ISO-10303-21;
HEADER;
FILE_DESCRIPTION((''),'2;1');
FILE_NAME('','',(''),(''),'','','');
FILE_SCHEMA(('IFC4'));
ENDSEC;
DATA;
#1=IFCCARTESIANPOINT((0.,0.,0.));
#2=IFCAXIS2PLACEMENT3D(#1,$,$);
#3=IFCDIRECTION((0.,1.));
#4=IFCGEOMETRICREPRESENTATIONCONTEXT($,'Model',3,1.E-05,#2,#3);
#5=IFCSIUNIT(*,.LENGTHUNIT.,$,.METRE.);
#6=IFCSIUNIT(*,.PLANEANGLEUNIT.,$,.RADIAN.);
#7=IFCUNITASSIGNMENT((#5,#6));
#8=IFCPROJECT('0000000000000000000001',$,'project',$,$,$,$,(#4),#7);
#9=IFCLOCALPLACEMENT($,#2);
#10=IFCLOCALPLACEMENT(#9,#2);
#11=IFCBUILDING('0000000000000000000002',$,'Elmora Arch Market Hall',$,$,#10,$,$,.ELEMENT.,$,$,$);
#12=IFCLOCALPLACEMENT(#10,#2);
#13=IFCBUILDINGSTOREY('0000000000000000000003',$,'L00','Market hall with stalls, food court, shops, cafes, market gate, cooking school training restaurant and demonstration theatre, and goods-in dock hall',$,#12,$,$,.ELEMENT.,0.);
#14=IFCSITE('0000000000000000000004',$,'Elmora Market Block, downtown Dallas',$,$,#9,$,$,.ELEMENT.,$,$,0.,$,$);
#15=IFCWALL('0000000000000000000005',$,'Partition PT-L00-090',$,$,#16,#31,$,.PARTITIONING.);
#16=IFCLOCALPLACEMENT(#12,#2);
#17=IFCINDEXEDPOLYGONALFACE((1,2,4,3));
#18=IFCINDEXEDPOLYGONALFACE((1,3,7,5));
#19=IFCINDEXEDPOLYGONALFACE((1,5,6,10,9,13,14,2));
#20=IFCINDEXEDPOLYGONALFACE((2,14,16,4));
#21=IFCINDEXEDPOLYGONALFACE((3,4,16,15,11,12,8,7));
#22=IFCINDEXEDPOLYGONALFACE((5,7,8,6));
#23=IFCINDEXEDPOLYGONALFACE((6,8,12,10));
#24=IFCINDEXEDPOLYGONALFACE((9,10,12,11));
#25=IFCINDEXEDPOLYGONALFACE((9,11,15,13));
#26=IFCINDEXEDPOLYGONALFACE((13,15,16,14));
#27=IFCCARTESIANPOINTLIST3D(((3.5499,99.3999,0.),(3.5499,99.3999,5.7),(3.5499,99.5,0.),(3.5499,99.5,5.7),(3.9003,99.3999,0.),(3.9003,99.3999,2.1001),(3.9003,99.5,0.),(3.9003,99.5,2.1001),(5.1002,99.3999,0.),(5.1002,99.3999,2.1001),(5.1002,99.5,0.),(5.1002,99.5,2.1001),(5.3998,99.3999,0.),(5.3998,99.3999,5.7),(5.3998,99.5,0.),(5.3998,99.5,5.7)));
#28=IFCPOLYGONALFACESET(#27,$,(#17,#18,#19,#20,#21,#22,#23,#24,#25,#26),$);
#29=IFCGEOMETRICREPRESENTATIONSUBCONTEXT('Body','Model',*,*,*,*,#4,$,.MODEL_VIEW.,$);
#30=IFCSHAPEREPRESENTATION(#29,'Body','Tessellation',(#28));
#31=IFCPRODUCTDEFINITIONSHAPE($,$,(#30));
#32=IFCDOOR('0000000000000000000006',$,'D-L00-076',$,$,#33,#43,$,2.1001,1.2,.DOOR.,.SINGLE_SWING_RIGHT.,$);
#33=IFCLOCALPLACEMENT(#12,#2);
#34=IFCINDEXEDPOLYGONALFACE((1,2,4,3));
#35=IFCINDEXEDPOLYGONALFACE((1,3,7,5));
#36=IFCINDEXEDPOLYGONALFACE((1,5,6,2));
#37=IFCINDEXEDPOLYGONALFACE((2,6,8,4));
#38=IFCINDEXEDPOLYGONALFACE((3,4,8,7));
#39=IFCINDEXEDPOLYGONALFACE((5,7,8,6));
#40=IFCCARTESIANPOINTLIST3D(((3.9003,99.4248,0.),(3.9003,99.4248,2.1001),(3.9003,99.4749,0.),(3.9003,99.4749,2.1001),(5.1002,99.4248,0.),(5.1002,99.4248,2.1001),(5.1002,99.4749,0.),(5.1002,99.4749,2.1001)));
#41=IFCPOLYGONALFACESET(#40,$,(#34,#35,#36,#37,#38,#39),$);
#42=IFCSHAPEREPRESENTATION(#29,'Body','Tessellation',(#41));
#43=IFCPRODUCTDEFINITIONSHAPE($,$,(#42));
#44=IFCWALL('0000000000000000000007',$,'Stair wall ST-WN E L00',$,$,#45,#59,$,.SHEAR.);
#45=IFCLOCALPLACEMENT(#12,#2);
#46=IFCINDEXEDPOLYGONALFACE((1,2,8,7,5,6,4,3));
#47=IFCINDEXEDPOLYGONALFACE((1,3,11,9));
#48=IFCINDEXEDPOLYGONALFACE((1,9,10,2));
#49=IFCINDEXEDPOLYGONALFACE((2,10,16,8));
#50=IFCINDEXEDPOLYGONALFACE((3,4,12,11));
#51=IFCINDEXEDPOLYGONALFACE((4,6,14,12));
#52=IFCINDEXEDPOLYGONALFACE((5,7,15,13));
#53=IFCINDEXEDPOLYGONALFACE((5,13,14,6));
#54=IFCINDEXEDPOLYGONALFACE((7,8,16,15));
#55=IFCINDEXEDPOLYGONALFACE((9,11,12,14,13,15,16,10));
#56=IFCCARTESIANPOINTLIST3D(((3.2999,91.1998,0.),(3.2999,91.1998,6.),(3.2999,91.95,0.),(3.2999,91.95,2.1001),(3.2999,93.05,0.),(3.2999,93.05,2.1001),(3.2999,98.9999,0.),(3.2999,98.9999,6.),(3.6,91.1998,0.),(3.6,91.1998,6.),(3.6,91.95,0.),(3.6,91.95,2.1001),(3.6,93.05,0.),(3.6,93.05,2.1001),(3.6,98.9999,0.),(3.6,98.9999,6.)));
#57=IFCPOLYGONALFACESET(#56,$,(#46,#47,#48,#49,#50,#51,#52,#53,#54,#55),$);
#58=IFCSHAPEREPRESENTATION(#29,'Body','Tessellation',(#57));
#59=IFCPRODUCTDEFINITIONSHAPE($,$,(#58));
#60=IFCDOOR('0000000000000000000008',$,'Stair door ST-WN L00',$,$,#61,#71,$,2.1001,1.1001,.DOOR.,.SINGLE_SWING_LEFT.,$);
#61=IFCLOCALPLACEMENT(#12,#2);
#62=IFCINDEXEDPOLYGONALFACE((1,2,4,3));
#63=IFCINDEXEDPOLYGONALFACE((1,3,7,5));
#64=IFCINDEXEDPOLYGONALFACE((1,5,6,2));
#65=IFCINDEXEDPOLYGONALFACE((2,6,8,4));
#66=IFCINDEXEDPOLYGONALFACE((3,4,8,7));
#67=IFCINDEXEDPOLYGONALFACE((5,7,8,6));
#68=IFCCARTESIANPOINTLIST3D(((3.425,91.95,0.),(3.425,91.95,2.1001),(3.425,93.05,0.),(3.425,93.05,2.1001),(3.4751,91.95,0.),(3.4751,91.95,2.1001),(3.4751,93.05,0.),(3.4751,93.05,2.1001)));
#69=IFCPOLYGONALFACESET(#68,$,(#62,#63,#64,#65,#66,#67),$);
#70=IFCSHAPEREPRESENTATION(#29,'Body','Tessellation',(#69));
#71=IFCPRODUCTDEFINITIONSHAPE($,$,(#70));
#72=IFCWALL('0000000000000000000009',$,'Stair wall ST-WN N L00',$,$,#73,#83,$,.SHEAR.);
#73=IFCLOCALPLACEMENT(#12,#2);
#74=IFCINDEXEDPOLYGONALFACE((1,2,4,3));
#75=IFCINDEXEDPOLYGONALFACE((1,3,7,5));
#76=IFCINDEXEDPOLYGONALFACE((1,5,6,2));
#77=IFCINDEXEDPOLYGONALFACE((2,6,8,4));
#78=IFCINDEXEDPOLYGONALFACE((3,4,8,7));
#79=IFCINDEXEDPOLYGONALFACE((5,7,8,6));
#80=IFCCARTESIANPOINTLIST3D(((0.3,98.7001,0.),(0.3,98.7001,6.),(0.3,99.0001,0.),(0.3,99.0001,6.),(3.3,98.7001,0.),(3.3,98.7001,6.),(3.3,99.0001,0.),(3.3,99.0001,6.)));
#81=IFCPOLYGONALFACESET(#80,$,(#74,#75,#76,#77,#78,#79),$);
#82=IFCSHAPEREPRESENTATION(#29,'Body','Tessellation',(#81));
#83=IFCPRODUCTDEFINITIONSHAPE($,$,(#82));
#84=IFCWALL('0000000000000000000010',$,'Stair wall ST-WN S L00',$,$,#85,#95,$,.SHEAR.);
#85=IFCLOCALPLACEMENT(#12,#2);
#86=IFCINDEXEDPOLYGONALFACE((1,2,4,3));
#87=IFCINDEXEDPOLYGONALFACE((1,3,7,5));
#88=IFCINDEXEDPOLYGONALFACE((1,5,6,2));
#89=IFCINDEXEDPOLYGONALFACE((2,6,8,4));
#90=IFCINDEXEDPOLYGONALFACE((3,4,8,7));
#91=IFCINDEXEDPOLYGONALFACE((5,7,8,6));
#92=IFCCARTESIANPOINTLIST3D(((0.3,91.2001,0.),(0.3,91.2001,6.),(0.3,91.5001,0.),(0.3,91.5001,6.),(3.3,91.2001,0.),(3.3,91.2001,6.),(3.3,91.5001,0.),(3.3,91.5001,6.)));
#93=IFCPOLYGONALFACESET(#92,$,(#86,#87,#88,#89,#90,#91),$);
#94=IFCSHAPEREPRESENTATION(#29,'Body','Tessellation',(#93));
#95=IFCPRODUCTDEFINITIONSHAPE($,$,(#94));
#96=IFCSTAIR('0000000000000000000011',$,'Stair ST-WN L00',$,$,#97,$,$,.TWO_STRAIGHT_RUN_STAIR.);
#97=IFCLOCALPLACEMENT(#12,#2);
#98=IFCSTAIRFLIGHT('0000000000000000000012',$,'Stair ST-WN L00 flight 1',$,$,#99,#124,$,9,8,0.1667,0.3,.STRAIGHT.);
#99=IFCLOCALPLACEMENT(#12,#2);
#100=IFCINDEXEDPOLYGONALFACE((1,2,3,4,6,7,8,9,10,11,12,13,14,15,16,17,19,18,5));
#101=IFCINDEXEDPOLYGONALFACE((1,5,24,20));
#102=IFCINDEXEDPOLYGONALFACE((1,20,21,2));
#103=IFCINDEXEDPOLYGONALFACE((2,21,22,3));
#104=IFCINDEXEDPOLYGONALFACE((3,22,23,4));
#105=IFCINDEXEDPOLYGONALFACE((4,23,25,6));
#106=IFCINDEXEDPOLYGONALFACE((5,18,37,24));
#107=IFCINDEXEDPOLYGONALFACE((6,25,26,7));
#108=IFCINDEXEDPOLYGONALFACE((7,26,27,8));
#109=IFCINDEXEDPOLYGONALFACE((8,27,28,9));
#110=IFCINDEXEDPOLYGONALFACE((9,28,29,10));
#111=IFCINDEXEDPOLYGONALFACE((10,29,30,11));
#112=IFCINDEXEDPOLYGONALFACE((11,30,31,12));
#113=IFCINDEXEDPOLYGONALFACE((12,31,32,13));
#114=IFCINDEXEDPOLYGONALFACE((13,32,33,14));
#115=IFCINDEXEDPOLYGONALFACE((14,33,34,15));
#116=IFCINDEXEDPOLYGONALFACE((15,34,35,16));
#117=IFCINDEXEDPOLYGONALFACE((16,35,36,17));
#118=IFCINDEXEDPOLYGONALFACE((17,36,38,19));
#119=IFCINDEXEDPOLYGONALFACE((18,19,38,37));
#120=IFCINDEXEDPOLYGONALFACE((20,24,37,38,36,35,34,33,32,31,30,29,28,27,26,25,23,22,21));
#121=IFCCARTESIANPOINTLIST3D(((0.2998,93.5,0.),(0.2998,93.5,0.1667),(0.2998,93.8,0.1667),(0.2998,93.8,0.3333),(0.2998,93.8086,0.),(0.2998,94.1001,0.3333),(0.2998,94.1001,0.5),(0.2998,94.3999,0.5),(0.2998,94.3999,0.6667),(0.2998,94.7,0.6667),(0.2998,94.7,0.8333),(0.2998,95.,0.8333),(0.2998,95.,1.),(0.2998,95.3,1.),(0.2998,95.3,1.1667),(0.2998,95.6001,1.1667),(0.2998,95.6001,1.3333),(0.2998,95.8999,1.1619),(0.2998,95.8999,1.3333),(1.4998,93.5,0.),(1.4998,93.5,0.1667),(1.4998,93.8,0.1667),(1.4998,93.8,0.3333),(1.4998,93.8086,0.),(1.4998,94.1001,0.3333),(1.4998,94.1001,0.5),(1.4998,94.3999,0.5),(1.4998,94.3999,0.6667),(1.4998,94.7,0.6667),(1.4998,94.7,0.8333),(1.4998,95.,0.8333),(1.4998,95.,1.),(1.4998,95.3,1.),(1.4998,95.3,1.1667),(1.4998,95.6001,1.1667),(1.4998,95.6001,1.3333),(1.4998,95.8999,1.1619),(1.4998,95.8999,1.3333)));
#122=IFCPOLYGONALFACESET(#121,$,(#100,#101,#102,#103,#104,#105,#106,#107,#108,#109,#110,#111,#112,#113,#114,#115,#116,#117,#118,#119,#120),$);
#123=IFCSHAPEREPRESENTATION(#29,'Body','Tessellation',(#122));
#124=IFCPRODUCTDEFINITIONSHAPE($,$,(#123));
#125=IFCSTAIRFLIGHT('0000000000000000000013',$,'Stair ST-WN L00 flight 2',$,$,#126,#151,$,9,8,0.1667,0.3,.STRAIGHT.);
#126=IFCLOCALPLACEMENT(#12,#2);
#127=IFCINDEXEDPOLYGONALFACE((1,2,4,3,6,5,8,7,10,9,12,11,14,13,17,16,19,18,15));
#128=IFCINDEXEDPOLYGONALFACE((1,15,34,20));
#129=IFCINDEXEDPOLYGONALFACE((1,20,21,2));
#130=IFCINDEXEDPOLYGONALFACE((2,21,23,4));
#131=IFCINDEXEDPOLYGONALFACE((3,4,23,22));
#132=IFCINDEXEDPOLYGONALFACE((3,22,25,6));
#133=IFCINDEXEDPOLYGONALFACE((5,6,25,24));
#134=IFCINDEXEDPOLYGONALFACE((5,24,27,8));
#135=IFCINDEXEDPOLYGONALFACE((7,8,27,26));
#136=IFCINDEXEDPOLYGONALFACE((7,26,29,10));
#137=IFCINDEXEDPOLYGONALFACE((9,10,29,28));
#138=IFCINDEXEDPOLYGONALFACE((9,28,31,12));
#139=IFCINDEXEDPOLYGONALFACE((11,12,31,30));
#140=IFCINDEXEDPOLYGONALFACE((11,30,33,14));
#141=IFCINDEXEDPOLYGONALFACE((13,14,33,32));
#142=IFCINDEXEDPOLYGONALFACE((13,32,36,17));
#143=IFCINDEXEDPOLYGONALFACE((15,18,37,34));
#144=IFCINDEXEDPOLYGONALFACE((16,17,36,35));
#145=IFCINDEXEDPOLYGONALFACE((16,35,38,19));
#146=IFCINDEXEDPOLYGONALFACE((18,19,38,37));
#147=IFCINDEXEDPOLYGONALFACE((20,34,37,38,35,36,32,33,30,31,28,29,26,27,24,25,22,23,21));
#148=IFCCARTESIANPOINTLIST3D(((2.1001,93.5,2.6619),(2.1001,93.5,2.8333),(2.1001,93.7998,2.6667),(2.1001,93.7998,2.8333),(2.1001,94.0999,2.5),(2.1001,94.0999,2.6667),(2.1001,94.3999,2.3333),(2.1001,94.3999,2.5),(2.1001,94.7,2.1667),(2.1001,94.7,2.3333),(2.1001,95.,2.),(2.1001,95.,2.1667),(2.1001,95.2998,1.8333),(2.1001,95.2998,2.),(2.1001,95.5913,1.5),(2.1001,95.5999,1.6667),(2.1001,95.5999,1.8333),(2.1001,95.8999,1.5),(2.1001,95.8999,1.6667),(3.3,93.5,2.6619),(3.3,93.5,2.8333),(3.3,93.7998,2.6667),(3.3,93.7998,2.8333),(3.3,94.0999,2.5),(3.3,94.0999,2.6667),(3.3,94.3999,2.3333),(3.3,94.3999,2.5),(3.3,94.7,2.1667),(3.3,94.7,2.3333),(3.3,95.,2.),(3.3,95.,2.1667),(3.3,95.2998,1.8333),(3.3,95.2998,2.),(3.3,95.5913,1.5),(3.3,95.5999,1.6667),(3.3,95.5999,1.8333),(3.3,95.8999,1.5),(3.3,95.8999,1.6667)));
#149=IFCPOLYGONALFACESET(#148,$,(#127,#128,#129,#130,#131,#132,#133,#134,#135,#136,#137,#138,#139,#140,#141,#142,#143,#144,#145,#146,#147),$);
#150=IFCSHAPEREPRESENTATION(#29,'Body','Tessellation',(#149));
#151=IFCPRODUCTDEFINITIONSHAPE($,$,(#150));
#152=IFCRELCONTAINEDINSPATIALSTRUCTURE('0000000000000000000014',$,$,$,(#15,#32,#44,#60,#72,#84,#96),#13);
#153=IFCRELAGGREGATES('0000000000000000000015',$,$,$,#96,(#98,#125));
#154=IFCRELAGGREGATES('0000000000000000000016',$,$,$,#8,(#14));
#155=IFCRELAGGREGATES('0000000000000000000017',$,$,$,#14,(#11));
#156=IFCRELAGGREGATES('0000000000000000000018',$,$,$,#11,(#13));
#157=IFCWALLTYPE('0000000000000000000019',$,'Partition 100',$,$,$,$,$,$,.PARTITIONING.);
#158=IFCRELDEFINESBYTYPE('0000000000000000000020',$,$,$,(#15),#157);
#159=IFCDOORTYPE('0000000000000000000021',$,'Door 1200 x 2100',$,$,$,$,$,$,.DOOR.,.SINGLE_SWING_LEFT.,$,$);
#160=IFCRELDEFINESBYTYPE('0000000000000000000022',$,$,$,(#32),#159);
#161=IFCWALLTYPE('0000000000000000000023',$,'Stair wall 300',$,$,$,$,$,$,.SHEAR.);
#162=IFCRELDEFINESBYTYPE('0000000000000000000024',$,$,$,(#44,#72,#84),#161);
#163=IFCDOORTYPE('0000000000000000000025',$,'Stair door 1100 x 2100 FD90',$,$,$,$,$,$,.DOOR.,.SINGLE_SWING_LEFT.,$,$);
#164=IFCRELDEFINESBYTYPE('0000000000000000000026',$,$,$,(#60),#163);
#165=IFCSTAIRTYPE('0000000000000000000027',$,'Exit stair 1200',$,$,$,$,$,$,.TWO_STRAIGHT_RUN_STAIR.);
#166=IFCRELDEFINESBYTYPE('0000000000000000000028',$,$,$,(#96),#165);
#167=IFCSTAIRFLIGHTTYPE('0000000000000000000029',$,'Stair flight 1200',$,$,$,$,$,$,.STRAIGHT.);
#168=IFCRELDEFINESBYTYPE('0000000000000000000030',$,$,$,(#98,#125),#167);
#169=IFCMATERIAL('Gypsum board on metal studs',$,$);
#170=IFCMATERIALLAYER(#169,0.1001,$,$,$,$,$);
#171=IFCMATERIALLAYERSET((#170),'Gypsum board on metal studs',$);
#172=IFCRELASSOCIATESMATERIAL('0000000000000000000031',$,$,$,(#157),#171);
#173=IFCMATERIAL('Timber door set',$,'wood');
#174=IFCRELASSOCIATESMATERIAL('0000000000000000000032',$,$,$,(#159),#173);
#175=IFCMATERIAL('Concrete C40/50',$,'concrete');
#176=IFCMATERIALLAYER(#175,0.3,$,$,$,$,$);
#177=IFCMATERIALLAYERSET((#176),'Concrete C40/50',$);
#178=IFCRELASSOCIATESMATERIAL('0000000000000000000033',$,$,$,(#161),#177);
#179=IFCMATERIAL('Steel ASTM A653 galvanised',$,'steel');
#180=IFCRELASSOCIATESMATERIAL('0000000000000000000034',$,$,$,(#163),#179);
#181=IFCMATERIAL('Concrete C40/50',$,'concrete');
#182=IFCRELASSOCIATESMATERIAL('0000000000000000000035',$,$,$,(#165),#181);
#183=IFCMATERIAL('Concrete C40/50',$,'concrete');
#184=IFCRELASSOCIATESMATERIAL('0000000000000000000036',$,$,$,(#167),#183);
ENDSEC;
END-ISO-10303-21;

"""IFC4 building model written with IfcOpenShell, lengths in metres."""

from ifc_helpers import new_model, si_unit, direction, frame, frame_2d, origin, place, context, subcontext, project, spatial, polyline, rectangle, outline, extrude, material, layer, layer_set, type_object, element, fill, aggregate, save


model = new_model("IFC4")

# Units and contexts
model_context = context("Model", 3, precision=1e-05, world=origin(), true_north=direction((0.0, 1.0)))
body_context = subcontext(model_context, "Body", "Model", "MODEL_VIEW")
ifc_project = project(units=[si_unit("LENGTHUNIT", "METRE"), si_unit("PLANEANGLEUNIT", "RADIAN")], contexts=[model_context])

# Site, building, storey
site_placement = place(None, origin())
site = spatial("IfcSite", under=ifc_project, at=site_placement, Name="Elmora Market Block, downtown Dallas", CompositionType="ELEMENT", RefElevation=0.0)
building_placement = place(site_placement, origin())
building = spatial("IfcBuilding", under=site, at=building_placement, Name="Elmora Arch Market Hall", CompositionType="ELEMENT")
storey_placement = place(building_placement, origin())
storey = spatial("IfcBuildingStorey", under=building, at=storey_placement, Name="L00", Description="Market hall with stalls, food court, shops, cafes, market gate, cooking school training restaurant and demonstration theatre, and goods-in dock hall", CompositionType="ELEMENT", Elevation=0.0)

# Walls, openings, doors
ifc_material_1 = material(Name="Gypsum board on metal studs")
ifc_layer_1 = layer(ifc_material_1, 0.1001)
ifc_layer_set_1 = layer_set([ifc_layer_1], Name="Gypsum board on metal studs")
wall_type_1 = type_object("IfcWallType", Name="Partition 100", PredefinedType="PARTITIONING", material=ifc_layer_set_1)
wall_1_placement = place(storey_placement, frame((3.55, 99.45, 0.0), z_axis=(0.0, 0.0, 1.0), x_axis=(1.0, 0.0, 0.0)))
wall_1 = element("IfcWall", 1, at=wall_1_placement, inside=storey, type_object=wall_type_1, Name="Partition PT-L00-090", PredefinedType="PARTITIONING", context=body_context, shape_type="SweptSolid", body=[
    extrude(rectangle(XDim=1.8499, YDim=0.1001, at=frame_2d((0.9248, 0.0))), origin(), (0.0, 0.0, 1.0), 5.7),
])
opening_1_placement = place(wall_1_placement, frame((0.3501, 0.0, 0.0)))
opening_1 = element("IfcOpeningElement", 2, at=opening_1_placement, cuts=wall_1, PredefinedType="OPENING", context=body_context, shape_type="SweptSolid", body=[
    extrude(rectangle(XDim=1.2, YDim=2.1001, at=frame_2d((0.6001, 1.05))), frame((0.0, 0.0601, 0.0), z_axis=(0.0, -1.0, 0.0), x_axis=(1.0, 0.0, 0.0)), (0.0, 0.0, 1.0), 0.1201),
])
ifc_material_2 = material(Name="Timber door set", Category="wood")
door_type_1 = type_object("IfcDoorType", Name="Door 1200 x 2100", OperationType="SINGLE_SWING_LEFT", PredefinedType="DOOR", material=ifc_material_2)
door_1_placement = place(opening_1_placement, origin())
door_1 = element("IfcDoor", 3, at=door_1_placement, inside=storey, type_object=door_type_1, Name="D-L00-076", OperationType="SINGLE_SWING_RIGHT", OverallHeight=2.1001, OverallWidth=1.2, PredefinedType="DOOR", context=body_context, shape_type="SweptSolid", body=[
    extrude(rectangle(XDim=1.2, YDim=2.1001, at=frame_2d((0.6001, 1.05))), frame((0.0, 0.0249, 0.0), z_axis=(0.0, -1.0, 0.0), x_axis=(1.0, 0.0, 0.0)), (0.0, 0.0, 1.0), 0.05),
])
fill(opening_1, door_1)
ifc_material_3 = material(Name="Concrete C40/50", Category="concrete")
ifc_layer_2 = layer(ifc_material_3, 0.3)
ifc_layer_set_2 = layer_set([ifc_layer_2], Name="Concrete C40/50")
wall_type_2 = type_object("IfcWallType", Name="Stair wall 300", PredefinedType="SHEAR", material=ifc_layer_set_2)
wall_2_placement = place(storey_placement, frame((3.45, 91.2, 0.0), z_axis=(0.0, 0.0, 1.0), x_axis=(0.0, 1.0, 0.0)))
wall_2 = element("IfcWall", 4, at=wall_2_placement, inside=storey, type_object=wall_type_2, Name="Stair wall ST-WN E L00", PredefinedType="SHEAR", context=body_context, shape_type="SweptSolid", body=[
    extrude(rectangle(XDim=7.8, YDim=0.3, at=frame_2d((3.8999, 0.0))), origin(), (0.0, 0.0, 1.0), 6.0),
])
opening_2_placement = place(wall_2_placement, frame((0.75, 0.0, 0.0)))
opening_2 = element("IfcOpeningElement", 5, at=opening_2_placement, cuts=wall_2, PredefinedType="OPENING", context=body_context, shape_type="SweptSolid", body=[
    extrude(rectangle(XDim=1.1001, YDim=2.1001, at=frame_2d((0.55, 1.05))), frame((0.0, 0.1599, 0.0), z_axis=(0.0, -1.0, 0.0), x_axis=(1.0, 0.0, 0.0)), (0.0, 0.0, 1.0), 0.3201),
])
ifc_material_4 = material(Name="Steel ASTM A653 galvanised", Category="steel")
door_type_2 = type_object("IfcDoorType", Name="Stair door 1100 x 2100 FD90", OperationType="SINGLE_SWING_LEFT", PredefinedType="DOOR", material=ifc_material_4)
door_2_placement = place(opening_2_placement, origin())
door_2 = element("IfcDoor", 6, at=door_2_placement, inside=storey, type_object=door_type_2, Name="Stair door ST-WN L00", OperationType="SINGLE_SWING_LEFT", OverallHeight=2.1001, OverallWidth=1.1001, PredefinedType="DOOR", context=body_context, shape_type="SweptSolid", body=[
    extrude(rectangle(XDim=1.1001, YDim=2.1001, at=frame_2d((0.55, 1.05))), frame((0.0, 0.0249, 0.0), z_axis=(0.0, -1.0, 0.0), x_axis=(1.0, 0.0, 0.0)), (0.0, 0.0, 1.0), 0.05),
])
fill(opening_2, door_2)

# Walls
for number, where, z_axis, x_axis, name in (
    (7, (0.3, 98.8501, 0.0), (0.0, 0.0, 1.0), (1.0, 0.0, 0.0), "Stair wall ST-WN N L00"),
    (8, (0.3, 91.3501, 0.0), (0.0, 0.0, 1.0), (1.0, 0.0, 0.0), "Stair wall ST-WN S L00"),
):
    element("IfcWall", number, at=place(storey_placement, frame(where, z_axis=z_axis, x_axis=x_axis)), inside=storey, type_object=wall_type_2, Name=name, PredefinedType="SHEAR", context=body_context, shape_type="SweptSolid", body=[
        extrude(rectangle(XDim=3.0, YDim=0.3, at=frame_2d((1.5, 0.0))), origin(), (0.0, 0.0, 1.0), 6.0),
    ])

# Stair, stair flights
ifc_material_5 = material(Name="Concrete C40/50", Category="concrete")
stair_type = type_object("IfcStairType", Name="Exit stair 1200", PredefinedType="TWO_STRAIGHT_RUN_STAIR", material=ifc_material_5)
stair_placement = place(storey_placement, origin())
stair = element("IfcStair", 9, at=stair_placement, inside=storey, type_object=stair_type, Name="Stair ST-WN L00", PredefinedType="TWO_STRAIGHT_RUN_STAIR")
ifc_material_6 = material(Name="Concrete C40/50", Category="concrete")
stair_flight_type = type_object("IfcStairFlightType", Name="Stair flight 1200", PredefinedType="STRAIGHT", material=ifc_material_6)
stair_flight_1_placement = place(storey_placement, frame((0.8999, 93.5, 0.0), z_axis=(0.0, 0.0, 1.0), x_axis=(0.0, 1.0, 0.0)))
stair_flight_1 = element("IfcStairFlight", 10, at=stair_flight_1_placement, type_object=stair_flight_type, Name="Stair ST-WN L00 flight 1", NumberOfRisers=9, NumberOfTreads=8, PredefinedType="STRAIGHT", RiserHeight=0.1667, TreadLength=0.3, context=body_context, shape_type="SweptSolid", body=[
    extrude(outline(polyline([(0.0, 0.0), (0.0, 0.1667), (0.3, 0.1667), (0.3, 0.3333), (0.6001, 0.3333), (0.6001, 0.5), (0.8999, 0.5), (0.8999, 0.6667), (1.2, 0.6667), (1.2, 0.8333), (1.5, 0.8333), (1.5, 1.0), (1.8, 1.0), (1.8, 1.1667), (2.1001, 1.1667), (2.1001, 1.3333), (2.3999, 1.3333), (2.3999, 1.5), (2.3999, 1.1619), (0.3086, 0.0), (0.0, 0.0)])), frame((0.0, 0.6001, 0.0), z_axis=(0.0, -1.0, 0.0), x_axis=(1.0, 0.0, 0.0)), (0.0, 0.0, 1.0), 1.2),
])
stair_flight_2_placement = place(storey_placement, frame((2.7, 95.8999, 1.5), z_axis=(0.0, 0.0, 1.0), x_axis=(0.0, -1.0, 0.0)))
stair_flight_2 = element("IfcStairFlight", 11, at=stair_flight_2_placement, type_object=stair_flight_type, Name="Stair ST-WN L00 flight 2", NumberOfRisers=9, NumberOfTreads=8, PredefinedType="STRAIGHT", RiserHeight=0.1667, TreadLength=0.3, context=body_context, shape_type="SweptSolid", body=[
    extrude(outline(polyline([(0.0, 0.0), (0.0, 0.1667), (0.3, 0.1667), (0.3, 0.3333), (0.6001, 0.3333), (0.6001, 0.5), (0.8999, 0.5), (0.8999, 0.6667), (1.2, 0.6667), (1.2, 0.8333), (1.5, 0.8333), (1.5, 1.0), (1.8, 1.0), (1.8, 1.1667), (2.1001, 1.1667), (2.1001, 1.3333), (2.3999, 1.3333), (2.3999, 1.5), (2.3999, 1.1619), (0.3086, 0.0), (0.0, 0.0)])), frame((0.0, 0.6001, 0.0), z_axis=(0.0, -1.0, 0.0), x_axis=(1.0, 0.0, 0.0)), (0.0, 0.0, 1.0), 1.2),
])
aggregate(stair, [stair_flight_1, stair_flight_2])

save(model, "model.ifc")
